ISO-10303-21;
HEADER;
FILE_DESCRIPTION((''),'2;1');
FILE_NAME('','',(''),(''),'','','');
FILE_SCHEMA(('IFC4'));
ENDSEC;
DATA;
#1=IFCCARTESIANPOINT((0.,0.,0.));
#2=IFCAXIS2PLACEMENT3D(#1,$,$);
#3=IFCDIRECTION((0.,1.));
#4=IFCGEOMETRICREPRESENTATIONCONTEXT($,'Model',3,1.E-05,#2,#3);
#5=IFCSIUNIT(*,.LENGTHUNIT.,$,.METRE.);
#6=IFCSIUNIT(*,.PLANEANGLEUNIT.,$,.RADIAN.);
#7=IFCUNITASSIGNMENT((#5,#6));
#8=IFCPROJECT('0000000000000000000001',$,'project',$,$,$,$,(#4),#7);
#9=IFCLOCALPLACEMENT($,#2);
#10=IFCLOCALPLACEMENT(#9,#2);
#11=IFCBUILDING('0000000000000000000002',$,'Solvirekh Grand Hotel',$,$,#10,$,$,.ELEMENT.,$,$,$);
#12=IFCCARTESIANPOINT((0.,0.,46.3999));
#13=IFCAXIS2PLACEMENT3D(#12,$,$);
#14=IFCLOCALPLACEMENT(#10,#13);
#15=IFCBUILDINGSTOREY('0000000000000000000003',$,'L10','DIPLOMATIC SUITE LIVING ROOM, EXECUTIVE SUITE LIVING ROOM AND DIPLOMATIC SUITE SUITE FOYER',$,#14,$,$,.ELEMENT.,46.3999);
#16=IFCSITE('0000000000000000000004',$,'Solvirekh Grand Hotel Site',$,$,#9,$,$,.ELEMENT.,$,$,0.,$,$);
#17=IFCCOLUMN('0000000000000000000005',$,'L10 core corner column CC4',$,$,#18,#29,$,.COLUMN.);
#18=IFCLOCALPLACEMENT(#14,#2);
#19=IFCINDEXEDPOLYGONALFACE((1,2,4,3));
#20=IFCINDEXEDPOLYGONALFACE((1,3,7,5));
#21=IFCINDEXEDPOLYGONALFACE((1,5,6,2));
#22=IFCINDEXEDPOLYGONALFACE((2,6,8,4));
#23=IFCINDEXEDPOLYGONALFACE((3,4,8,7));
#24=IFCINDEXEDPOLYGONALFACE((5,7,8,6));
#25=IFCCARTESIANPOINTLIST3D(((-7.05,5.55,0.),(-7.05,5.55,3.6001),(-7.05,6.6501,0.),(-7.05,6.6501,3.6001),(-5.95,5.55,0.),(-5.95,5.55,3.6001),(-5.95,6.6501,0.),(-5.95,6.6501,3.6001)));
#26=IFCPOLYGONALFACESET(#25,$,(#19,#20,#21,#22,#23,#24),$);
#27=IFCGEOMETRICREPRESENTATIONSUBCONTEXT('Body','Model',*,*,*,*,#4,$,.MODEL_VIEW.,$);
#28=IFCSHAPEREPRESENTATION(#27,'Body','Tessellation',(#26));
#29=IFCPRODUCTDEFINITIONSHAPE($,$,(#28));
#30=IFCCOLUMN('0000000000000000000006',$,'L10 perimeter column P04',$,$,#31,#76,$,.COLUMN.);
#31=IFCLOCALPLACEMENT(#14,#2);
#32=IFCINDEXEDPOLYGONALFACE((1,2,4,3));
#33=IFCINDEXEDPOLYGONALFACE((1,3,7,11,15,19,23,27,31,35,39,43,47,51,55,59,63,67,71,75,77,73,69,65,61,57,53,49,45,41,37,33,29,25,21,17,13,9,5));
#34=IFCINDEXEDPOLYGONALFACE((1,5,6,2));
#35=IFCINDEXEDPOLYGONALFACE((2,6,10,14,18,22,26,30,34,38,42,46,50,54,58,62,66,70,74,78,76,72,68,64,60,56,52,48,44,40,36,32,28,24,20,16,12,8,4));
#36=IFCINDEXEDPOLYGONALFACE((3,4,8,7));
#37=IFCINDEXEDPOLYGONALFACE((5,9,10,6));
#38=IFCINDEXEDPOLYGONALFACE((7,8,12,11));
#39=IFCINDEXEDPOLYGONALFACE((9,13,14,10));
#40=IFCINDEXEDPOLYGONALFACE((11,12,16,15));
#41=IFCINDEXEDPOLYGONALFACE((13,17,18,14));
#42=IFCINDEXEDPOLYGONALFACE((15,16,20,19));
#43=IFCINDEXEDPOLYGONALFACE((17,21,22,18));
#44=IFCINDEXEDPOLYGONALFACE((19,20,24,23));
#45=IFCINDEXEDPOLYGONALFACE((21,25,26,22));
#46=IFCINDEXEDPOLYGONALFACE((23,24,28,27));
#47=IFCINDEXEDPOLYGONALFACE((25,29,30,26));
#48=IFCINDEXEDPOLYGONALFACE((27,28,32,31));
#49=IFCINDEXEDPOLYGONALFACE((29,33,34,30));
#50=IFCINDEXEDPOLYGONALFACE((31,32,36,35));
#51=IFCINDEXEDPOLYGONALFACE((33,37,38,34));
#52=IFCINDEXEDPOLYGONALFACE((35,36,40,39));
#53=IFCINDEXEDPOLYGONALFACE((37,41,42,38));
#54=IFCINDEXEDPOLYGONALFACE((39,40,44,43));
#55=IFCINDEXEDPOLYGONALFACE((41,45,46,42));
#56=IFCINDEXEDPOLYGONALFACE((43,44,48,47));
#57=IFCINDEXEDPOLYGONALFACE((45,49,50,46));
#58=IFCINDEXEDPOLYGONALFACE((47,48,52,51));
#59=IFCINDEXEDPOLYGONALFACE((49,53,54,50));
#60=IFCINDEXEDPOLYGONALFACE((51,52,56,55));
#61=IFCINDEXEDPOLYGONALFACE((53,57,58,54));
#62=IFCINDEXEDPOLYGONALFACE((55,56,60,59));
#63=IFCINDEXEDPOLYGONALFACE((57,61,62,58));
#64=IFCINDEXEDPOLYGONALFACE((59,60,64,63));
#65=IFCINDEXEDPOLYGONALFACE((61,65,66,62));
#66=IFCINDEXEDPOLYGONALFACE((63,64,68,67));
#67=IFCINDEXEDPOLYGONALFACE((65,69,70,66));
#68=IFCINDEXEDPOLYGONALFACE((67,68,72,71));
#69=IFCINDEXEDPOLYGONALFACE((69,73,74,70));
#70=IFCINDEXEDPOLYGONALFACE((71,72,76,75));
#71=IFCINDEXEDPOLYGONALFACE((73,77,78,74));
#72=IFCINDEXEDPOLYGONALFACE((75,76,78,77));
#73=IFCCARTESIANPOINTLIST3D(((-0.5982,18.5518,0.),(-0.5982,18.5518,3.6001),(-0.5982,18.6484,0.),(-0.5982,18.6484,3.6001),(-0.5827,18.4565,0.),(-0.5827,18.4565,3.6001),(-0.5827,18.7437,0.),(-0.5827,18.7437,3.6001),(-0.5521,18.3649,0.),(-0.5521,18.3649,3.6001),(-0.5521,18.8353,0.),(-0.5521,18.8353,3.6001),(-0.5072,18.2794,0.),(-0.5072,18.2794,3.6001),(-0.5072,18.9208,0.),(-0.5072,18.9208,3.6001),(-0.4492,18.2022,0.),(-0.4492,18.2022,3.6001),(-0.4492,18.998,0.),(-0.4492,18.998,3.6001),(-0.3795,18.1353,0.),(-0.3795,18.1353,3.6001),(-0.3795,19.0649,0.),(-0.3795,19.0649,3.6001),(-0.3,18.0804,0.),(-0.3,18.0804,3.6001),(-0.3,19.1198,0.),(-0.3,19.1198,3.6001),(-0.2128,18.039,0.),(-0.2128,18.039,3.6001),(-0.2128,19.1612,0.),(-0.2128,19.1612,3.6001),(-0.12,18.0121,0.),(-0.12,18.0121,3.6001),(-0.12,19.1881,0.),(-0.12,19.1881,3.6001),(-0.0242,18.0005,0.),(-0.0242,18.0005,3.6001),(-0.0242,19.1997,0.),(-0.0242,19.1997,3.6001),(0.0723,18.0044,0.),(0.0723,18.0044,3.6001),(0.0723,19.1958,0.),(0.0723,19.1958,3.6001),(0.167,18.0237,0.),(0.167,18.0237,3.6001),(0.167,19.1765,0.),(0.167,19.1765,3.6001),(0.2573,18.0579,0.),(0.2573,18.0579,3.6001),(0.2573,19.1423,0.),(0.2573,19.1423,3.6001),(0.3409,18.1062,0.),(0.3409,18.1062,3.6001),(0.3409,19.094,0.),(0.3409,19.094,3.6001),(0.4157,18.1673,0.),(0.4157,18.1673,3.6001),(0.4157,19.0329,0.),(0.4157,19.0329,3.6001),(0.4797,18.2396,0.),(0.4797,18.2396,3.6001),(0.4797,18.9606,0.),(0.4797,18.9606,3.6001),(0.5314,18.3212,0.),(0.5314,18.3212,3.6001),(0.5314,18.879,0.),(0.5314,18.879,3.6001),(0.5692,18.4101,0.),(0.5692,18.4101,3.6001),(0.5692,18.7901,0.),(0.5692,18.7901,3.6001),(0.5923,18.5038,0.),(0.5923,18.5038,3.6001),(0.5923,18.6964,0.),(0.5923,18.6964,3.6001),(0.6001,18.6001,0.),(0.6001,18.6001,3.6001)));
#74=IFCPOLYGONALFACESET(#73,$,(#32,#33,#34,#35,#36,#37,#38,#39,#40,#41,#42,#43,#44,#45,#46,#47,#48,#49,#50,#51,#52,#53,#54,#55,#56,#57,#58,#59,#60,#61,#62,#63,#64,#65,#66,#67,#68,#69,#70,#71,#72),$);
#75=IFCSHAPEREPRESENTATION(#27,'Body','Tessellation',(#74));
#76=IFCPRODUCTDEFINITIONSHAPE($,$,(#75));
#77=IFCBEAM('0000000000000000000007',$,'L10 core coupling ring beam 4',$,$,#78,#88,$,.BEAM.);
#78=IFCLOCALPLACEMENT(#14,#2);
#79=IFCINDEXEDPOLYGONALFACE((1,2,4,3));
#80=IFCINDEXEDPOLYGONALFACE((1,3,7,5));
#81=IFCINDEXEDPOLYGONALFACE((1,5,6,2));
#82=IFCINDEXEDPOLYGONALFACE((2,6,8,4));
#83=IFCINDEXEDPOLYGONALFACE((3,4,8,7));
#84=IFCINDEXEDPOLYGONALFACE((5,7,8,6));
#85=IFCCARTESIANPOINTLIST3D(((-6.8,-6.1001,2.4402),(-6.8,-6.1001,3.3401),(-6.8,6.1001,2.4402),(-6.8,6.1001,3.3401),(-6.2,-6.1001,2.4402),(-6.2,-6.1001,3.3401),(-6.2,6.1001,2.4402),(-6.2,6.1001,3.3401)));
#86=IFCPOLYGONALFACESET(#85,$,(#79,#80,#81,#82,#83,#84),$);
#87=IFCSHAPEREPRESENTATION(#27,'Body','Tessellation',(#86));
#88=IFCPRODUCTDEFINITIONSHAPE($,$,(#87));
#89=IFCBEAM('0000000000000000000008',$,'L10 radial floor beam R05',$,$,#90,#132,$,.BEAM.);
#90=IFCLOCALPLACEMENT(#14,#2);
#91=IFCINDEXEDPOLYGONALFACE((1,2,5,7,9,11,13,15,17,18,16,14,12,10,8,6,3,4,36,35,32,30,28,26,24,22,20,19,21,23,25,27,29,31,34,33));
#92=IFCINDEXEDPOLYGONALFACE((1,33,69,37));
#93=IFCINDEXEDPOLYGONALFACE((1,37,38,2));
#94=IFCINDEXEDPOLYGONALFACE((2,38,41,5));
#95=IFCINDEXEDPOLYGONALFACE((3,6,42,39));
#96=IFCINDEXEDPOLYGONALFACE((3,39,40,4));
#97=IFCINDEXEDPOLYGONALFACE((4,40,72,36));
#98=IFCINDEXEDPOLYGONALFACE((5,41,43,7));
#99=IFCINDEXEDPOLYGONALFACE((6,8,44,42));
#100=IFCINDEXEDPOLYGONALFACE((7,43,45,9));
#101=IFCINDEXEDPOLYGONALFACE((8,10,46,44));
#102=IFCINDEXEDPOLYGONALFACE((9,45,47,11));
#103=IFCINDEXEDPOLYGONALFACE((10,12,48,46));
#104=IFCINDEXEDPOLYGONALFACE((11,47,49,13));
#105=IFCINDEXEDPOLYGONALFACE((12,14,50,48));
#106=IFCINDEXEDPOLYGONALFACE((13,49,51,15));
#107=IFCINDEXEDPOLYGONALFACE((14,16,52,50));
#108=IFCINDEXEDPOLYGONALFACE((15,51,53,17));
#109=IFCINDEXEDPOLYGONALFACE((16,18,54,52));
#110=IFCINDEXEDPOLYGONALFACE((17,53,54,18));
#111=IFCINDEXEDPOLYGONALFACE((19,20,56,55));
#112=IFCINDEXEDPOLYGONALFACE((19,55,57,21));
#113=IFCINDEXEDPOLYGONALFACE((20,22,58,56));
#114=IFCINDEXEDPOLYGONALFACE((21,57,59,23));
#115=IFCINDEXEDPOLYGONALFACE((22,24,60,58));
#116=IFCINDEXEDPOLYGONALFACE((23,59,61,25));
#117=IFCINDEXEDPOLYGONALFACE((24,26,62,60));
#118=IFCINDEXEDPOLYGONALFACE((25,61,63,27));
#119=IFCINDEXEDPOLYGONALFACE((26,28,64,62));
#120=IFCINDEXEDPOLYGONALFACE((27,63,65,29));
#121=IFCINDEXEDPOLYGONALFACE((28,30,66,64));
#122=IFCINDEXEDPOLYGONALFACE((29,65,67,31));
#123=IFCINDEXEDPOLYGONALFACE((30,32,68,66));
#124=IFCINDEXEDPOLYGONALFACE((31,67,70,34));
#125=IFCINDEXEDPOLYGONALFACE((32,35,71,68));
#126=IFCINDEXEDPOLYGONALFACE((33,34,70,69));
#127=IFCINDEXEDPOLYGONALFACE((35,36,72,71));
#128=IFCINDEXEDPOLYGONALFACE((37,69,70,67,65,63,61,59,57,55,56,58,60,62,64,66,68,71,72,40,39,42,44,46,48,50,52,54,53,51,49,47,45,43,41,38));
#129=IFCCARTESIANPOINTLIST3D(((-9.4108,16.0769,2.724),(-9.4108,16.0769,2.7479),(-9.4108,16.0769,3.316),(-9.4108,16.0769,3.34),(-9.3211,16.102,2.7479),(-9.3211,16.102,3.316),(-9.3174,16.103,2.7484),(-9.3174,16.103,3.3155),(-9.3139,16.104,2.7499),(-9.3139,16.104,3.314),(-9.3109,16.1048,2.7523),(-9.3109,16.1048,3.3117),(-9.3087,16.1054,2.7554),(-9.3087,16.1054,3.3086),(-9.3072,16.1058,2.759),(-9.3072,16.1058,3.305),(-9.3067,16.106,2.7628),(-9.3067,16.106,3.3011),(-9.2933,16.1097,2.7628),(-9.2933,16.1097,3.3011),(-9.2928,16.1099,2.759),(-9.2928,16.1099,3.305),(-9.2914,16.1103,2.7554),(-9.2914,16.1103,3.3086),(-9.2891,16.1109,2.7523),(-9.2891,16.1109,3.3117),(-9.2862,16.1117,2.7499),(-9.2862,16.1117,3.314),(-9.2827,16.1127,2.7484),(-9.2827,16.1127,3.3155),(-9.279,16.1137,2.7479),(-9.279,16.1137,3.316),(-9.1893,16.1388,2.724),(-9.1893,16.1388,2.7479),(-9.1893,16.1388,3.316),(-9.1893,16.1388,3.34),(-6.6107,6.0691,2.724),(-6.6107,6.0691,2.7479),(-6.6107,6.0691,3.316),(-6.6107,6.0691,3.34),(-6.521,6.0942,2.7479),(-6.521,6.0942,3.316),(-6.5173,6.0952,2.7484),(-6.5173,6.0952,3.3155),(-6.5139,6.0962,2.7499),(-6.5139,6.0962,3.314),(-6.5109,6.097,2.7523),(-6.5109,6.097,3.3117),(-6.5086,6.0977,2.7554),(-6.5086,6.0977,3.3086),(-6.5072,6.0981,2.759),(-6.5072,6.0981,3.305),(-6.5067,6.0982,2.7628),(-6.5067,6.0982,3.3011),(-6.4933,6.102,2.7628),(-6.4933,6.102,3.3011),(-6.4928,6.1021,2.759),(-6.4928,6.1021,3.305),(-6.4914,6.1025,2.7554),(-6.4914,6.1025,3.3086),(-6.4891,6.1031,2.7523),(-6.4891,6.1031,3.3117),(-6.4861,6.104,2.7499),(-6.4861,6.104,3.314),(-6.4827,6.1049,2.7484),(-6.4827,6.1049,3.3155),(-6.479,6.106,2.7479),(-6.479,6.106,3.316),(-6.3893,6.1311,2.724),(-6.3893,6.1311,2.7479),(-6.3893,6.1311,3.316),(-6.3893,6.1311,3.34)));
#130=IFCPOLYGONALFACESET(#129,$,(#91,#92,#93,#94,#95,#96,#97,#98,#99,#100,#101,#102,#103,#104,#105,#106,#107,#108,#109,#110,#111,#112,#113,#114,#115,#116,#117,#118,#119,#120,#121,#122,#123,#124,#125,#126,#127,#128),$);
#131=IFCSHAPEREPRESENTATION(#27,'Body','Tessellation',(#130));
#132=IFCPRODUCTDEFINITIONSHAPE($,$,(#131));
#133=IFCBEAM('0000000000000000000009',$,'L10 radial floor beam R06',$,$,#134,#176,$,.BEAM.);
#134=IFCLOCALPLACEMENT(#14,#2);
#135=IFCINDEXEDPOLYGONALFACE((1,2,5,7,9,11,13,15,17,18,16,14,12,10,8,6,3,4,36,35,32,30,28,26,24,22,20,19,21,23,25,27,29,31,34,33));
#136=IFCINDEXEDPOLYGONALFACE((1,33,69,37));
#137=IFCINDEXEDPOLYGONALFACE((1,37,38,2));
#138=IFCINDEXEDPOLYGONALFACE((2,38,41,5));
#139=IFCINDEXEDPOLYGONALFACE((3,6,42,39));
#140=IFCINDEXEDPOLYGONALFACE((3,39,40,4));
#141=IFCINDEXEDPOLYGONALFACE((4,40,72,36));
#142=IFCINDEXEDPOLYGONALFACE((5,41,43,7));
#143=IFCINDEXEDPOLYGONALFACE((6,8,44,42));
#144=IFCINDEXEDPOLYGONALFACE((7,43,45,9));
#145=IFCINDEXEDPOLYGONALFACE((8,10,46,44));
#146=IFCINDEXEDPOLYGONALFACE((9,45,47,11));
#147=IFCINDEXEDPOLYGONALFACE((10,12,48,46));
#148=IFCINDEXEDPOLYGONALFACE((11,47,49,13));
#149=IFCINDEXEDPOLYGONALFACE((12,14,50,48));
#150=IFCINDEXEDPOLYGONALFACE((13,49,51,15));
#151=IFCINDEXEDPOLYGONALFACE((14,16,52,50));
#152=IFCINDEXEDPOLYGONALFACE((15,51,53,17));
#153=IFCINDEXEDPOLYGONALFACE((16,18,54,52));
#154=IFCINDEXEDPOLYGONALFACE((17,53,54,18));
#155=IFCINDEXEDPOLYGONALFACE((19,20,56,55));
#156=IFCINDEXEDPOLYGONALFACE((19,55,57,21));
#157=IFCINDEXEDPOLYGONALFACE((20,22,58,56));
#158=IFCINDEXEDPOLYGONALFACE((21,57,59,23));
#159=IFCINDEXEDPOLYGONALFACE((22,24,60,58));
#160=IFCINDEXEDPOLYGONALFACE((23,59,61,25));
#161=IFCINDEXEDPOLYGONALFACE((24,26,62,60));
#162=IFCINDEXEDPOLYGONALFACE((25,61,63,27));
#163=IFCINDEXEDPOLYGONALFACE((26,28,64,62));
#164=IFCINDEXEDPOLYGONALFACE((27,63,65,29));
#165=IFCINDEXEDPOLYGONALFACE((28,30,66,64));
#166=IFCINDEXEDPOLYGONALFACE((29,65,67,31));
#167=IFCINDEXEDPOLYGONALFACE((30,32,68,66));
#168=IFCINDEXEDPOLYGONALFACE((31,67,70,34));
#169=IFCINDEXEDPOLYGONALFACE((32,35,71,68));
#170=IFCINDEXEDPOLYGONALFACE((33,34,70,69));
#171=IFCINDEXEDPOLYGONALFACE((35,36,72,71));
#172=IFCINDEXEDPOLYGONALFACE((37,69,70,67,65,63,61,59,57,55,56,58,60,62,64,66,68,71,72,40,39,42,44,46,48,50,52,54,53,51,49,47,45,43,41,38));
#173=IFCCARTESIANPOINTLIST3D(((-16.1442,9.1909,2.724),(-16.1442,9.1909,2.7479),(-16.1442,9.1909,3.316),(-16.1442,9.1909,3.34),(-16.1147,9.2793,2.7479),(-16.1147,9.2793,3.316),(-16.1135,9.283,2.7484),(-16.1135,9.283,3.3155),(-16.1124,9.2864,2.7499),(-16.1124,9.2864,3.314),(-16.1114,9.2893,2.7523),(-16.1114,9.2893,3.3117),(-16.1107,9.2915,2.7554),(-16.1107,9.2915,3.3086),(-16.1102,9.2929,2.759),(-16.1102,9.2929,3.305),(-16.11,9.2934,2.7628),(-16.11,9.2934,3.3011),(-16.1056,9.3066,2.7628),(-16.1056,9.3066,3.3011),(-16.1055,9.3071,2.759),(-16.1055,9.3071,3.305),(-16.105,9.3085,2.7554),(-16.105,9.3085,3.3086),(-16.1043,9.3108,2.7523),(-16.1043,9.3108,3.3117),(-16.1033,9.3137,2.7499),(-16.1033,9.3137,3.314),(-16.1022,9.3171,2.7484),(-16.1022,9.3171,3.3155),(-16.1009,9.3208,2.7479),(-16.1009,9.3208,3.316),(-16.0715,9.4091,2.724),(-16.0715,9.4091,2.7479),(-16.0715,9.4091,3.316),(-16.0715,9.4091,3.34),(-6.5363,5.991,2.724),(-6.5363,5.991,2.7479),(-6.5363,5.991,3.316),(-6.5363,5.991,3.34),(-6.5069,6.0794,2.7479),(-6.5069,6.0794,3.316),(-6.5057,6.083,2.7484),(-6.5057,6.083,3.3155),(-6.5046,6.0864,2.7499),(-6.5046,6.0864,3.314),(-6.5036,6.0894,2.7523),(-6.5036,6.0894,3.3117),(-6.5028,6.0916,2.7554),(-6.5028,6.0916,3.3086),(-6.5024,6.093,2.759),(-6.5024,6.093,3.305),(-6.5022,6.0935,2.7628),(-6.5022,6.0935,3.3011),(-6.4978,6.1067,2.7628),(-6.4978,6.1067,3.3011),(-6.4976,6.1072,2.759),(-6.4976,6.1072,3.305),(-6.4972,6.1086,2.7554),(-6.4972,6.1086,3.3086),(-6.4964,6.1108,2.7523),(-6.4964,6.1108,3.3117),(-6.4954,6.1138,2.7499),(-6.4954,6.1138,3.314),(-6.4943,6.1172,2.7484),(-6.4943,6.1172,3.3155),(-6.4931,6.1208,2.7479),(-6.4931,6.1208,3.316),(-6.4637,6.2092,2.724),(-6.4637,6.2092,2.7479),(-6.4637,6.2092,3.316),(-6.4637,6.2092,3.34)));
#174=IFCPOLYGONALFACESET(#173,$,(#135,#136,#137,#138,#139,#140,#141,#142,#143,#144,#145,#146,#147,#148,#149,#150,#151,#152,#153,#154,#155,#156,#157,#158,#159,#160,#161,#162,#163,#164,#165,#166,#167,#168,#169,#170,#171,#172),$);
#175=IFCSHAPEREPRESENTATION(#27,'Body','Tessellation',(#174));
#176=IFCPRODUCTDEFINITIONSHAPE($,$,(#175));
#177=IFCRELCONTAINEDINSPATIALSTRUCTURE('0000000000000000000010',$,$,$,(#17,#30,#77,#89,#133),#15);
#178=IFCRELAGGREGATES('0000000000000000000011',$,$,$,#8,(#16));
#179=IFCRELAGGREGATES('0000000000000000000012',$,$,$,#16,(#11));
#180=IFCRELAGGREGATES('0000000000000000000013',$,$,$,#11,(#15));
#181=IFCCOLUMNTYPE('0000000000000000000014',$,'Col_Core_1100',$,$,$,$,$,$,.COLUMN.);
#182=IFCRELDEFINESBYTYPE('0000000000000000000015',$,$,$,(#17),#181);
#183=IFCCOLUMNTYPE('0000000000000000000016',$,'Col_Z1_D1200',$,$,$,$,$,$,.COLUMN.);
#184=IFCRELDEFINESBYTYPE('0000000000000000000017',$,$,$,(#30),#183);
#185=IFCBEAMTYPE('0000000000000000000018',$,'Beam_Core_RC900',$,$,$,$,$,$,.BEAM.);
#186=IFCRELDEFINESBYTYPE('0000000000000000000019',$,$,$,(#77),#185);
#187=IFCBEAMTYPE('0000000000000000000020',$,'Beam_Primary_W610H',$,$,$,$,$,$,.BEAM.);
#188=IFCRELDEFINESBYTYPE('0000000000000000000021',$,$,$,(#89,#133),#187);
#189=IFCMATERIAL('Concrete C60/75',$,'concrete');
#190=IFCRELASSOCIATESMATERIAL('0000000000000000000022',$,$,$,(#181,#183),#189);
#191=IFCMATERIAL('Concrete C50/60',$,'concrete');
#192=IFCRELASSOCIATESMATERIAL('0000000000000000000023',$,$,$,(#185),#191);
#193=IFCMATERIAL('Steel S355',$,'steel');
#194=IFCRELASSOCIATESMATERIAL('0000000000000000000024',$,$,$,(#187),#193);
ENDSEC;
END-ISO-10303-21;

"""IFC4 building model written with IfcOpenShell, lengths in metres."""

from ifc_helpers import new_model, si_unit, direction, frame, origin, origin_2d, place, context, subcontext, project, spatial, rectangle, circle, i_section, extrude, material, material_profile, profile_set, type_object, element, save


model = new_model("IFC4")

# Units and contexts
model_context = context("Model", 3, precision=1e-05, world=origin(), true_north=direction((0.0, 1.0)))
body_context = subcontext(model_context, "Body", "Model", "MODEL_VIEW")
ifc_project = project(units=[si_unit("LENGTHUNIT", "METRE"), si_unit("PLANEANGLEUNIT", "RADIAN")], contexts=[model_context])

# Site, building, storey
site_placement = place(None, origin())
site = spatial("IfcSite", under=ifc_project, at=site_placement, Name="Solvirekh Grand Hotel Site", CompositionType="ELEMENT", RefElevation=0.0)
building_placement = place(site_placement, origin())
building = spatial("IfcBuilding", under=site, at=building_placement, Name="Solvirekh Grand Hotel", CompositionType="ELEMENT")
storey_placement = place(building_placement, frame((0.0, 0.0, 46.3999)))
storey = spatial("IfcBuildingStorey", under=building, at=storey_placement, Name="L10", Description="DIPLOMATIC SUITE LIVING ROOM, EXECUTIVE SUITE LIVING ROOM AND DIPLOMATIC SUITE SUITE FOYER", CompositionType="ELEMENT", Elevation=46.3999)

# Columns
ifc_material_1 = material(Name="Concrete C60/75", Category="concrete")
ifc_material_profile_1 = material_profile(ifc_material_1, rectangle(XDim=1.1001, YDim=1.1001, at=origin_2d()), Name="RC 1100X1100")
ifc_profile_set_1 = profile_set([ifc_material_profile_1], Name="Concrete C60/75")
column_type_1 = type_object("IfcColumnType", Name="Col_Core_1100", PredefinedType="COLUMN", material=ifc_profile_set_1)
column_1_placement = place(storey_placement, frame((-6.5, 6.1001, 0.0), z_axis=(0.0, 0.0, 1.0), x_axis=(1.0, 0.0, 0.0)))
element("IfcColumn", 1, at=column_1_placement, inside=storey, type_object=column_type_1, Name="L10 core corner column CC4", PredefinedType="COLUMN", context=body_context, shape_type="SweptSolid", body=[
    extrude(rectangle(XDim=1.1001, YDim=1.1001, at=origin_2d()), origin(), (0.0, 0.0, 1.0), 3.6001),
])
ifc_material_profile_2 = material_profile(ifc_material_1, circle(Radius=0.6001, at=origin_2d()), Name="RC CIRC D1200")
ifc_profile_set_2 = profile_set([ifc_material_profile_2], Name="Concrete C60/75")
column_type_2 = type_object("IfcColumnType", Name="Col_Z1_D1200", PredefinedType="COLUMN", material=ifc_profile_set_2)
column_2_placement = place(storey_placement, frame((0.0, 18.6001, 0.0), z_axis=(0.0, 0.0, 1.0), x_axis=(1.0, 0.0, 0.0)))
element("IfcColumn", 2, at=column_2_placement, inside=storey, type_object=column_type_2, Name="L10 perimeter column P04", PredefinedType="COLUMN", context=body_context, shape_type="SweptSolid", body=[
    extrude(circle(Radius=0.6001, at=origin_2d()), origin(), (0.0, 0.0, 1.0), 3.6001),
])

# Beams
ifc_material_2 = material(Name="Concrete C50/60", Category="concrete")
ifc_material_profile_3 = material_profile(ifc_material_2, rectangle(XDim=0.6001, YDim=0.8999, at=origin_2d()), Name="RC BEAM 600X900")
ifc_profile_set_3 = profile_set([ifc_material_profile_3], Name="Concrete C50/60")
beam_type_1 = type_object("IfcBeamType", Name="Beam_Core_RC900", PredefinedType="BEAM", material=ifc_profile_set_3)
beam_1_placement = place(storey_placement, frame((-6.5, 6.1001, 2.8901), z_axis=(0.0, -1.0, 0.0), x_axis=(1.0, 0.0, 0.0)))
element("IfcBeam", 3, at=beam_1_placement, inside=storey, type_object=beam_type_1, Name="L10 core coupling ring beam 4", PredefinedType="BEAM", context=body_context, shape_type="SweptSolid", body=[
    extrude(rectangle(XDim=0.6001, YDim=0.8999, at=origin_2d()), origin(), (0.0, 0.0, 1.0), 12.2002),
])
ifc_material_3 = material(Name="Steel S355", Category="steel")
ifc_material_profile_4 = material_profile(ifc_material_3, i_section(OverallWidth=0.23, OverallDepth=0.616, WebThickness=0.0139, FlangeThickness=0.0239, FilletRadius=0.0149, at=origin_2d()), Name="W610X174")
ifc_profile_set_4 = profile_set([ifc_material_profile_4], Name="Steel S355")
beam_type_2 = type_object("IfcBeamType", Name="Beam_Primary_W610H", PredefinedType="BEAM", material=ifc_profile_set_4)
beam_2_placement = place(storey_placement, frame((-6.5, 6.1001, 3.032), z_axis=(-0.269439, 0.963017, 0.0), x_axis=(-0.963017, -0.269439, 0.0)))
element("IfcBeam", 4, at=beam_2_placement, inside=storey, type_object=beam_type_2, Name="L10 radial floor beam R05", PredefinedType="BEAM", context=body_context, shape_type="SweptSolid", body=[
    extrude(i_section(OverallWidth=0.23, OverallDepth=0.616, WebThickness=0.0139, FlangeThickness=0.0239, FilletRadius=0.0149, at=origin_2d()), origin(), (0.0, 0.0, 1.0), 10.3921),
])
beam_3_placement = place(storey_placement, frame((-6.5, 6.1001, 3.032), z_axis=(-0.948763, 0.315989, 0.0), x_axis=(-0.315989, -0.948763, 0.0)))
element("IfcBeam", 5, at=beam_3_placement, inside=storey, type_object=beam_type_2, Name="L10 radial floor beam R06", PredefinedType="BEAM", context=body_context, shape_type="SweptSolid", body=[
    extrude(i_section(OverallWidth=0.23, OverallDepth=0.616, WebThickness=0.0139, FlangeThickness=0.0239, FilletRadius=0.0149, at=origin_2d()), origin(), (0.0, 0.0, 1.0), 10.1267),
])

save(model, "model.ifc")
